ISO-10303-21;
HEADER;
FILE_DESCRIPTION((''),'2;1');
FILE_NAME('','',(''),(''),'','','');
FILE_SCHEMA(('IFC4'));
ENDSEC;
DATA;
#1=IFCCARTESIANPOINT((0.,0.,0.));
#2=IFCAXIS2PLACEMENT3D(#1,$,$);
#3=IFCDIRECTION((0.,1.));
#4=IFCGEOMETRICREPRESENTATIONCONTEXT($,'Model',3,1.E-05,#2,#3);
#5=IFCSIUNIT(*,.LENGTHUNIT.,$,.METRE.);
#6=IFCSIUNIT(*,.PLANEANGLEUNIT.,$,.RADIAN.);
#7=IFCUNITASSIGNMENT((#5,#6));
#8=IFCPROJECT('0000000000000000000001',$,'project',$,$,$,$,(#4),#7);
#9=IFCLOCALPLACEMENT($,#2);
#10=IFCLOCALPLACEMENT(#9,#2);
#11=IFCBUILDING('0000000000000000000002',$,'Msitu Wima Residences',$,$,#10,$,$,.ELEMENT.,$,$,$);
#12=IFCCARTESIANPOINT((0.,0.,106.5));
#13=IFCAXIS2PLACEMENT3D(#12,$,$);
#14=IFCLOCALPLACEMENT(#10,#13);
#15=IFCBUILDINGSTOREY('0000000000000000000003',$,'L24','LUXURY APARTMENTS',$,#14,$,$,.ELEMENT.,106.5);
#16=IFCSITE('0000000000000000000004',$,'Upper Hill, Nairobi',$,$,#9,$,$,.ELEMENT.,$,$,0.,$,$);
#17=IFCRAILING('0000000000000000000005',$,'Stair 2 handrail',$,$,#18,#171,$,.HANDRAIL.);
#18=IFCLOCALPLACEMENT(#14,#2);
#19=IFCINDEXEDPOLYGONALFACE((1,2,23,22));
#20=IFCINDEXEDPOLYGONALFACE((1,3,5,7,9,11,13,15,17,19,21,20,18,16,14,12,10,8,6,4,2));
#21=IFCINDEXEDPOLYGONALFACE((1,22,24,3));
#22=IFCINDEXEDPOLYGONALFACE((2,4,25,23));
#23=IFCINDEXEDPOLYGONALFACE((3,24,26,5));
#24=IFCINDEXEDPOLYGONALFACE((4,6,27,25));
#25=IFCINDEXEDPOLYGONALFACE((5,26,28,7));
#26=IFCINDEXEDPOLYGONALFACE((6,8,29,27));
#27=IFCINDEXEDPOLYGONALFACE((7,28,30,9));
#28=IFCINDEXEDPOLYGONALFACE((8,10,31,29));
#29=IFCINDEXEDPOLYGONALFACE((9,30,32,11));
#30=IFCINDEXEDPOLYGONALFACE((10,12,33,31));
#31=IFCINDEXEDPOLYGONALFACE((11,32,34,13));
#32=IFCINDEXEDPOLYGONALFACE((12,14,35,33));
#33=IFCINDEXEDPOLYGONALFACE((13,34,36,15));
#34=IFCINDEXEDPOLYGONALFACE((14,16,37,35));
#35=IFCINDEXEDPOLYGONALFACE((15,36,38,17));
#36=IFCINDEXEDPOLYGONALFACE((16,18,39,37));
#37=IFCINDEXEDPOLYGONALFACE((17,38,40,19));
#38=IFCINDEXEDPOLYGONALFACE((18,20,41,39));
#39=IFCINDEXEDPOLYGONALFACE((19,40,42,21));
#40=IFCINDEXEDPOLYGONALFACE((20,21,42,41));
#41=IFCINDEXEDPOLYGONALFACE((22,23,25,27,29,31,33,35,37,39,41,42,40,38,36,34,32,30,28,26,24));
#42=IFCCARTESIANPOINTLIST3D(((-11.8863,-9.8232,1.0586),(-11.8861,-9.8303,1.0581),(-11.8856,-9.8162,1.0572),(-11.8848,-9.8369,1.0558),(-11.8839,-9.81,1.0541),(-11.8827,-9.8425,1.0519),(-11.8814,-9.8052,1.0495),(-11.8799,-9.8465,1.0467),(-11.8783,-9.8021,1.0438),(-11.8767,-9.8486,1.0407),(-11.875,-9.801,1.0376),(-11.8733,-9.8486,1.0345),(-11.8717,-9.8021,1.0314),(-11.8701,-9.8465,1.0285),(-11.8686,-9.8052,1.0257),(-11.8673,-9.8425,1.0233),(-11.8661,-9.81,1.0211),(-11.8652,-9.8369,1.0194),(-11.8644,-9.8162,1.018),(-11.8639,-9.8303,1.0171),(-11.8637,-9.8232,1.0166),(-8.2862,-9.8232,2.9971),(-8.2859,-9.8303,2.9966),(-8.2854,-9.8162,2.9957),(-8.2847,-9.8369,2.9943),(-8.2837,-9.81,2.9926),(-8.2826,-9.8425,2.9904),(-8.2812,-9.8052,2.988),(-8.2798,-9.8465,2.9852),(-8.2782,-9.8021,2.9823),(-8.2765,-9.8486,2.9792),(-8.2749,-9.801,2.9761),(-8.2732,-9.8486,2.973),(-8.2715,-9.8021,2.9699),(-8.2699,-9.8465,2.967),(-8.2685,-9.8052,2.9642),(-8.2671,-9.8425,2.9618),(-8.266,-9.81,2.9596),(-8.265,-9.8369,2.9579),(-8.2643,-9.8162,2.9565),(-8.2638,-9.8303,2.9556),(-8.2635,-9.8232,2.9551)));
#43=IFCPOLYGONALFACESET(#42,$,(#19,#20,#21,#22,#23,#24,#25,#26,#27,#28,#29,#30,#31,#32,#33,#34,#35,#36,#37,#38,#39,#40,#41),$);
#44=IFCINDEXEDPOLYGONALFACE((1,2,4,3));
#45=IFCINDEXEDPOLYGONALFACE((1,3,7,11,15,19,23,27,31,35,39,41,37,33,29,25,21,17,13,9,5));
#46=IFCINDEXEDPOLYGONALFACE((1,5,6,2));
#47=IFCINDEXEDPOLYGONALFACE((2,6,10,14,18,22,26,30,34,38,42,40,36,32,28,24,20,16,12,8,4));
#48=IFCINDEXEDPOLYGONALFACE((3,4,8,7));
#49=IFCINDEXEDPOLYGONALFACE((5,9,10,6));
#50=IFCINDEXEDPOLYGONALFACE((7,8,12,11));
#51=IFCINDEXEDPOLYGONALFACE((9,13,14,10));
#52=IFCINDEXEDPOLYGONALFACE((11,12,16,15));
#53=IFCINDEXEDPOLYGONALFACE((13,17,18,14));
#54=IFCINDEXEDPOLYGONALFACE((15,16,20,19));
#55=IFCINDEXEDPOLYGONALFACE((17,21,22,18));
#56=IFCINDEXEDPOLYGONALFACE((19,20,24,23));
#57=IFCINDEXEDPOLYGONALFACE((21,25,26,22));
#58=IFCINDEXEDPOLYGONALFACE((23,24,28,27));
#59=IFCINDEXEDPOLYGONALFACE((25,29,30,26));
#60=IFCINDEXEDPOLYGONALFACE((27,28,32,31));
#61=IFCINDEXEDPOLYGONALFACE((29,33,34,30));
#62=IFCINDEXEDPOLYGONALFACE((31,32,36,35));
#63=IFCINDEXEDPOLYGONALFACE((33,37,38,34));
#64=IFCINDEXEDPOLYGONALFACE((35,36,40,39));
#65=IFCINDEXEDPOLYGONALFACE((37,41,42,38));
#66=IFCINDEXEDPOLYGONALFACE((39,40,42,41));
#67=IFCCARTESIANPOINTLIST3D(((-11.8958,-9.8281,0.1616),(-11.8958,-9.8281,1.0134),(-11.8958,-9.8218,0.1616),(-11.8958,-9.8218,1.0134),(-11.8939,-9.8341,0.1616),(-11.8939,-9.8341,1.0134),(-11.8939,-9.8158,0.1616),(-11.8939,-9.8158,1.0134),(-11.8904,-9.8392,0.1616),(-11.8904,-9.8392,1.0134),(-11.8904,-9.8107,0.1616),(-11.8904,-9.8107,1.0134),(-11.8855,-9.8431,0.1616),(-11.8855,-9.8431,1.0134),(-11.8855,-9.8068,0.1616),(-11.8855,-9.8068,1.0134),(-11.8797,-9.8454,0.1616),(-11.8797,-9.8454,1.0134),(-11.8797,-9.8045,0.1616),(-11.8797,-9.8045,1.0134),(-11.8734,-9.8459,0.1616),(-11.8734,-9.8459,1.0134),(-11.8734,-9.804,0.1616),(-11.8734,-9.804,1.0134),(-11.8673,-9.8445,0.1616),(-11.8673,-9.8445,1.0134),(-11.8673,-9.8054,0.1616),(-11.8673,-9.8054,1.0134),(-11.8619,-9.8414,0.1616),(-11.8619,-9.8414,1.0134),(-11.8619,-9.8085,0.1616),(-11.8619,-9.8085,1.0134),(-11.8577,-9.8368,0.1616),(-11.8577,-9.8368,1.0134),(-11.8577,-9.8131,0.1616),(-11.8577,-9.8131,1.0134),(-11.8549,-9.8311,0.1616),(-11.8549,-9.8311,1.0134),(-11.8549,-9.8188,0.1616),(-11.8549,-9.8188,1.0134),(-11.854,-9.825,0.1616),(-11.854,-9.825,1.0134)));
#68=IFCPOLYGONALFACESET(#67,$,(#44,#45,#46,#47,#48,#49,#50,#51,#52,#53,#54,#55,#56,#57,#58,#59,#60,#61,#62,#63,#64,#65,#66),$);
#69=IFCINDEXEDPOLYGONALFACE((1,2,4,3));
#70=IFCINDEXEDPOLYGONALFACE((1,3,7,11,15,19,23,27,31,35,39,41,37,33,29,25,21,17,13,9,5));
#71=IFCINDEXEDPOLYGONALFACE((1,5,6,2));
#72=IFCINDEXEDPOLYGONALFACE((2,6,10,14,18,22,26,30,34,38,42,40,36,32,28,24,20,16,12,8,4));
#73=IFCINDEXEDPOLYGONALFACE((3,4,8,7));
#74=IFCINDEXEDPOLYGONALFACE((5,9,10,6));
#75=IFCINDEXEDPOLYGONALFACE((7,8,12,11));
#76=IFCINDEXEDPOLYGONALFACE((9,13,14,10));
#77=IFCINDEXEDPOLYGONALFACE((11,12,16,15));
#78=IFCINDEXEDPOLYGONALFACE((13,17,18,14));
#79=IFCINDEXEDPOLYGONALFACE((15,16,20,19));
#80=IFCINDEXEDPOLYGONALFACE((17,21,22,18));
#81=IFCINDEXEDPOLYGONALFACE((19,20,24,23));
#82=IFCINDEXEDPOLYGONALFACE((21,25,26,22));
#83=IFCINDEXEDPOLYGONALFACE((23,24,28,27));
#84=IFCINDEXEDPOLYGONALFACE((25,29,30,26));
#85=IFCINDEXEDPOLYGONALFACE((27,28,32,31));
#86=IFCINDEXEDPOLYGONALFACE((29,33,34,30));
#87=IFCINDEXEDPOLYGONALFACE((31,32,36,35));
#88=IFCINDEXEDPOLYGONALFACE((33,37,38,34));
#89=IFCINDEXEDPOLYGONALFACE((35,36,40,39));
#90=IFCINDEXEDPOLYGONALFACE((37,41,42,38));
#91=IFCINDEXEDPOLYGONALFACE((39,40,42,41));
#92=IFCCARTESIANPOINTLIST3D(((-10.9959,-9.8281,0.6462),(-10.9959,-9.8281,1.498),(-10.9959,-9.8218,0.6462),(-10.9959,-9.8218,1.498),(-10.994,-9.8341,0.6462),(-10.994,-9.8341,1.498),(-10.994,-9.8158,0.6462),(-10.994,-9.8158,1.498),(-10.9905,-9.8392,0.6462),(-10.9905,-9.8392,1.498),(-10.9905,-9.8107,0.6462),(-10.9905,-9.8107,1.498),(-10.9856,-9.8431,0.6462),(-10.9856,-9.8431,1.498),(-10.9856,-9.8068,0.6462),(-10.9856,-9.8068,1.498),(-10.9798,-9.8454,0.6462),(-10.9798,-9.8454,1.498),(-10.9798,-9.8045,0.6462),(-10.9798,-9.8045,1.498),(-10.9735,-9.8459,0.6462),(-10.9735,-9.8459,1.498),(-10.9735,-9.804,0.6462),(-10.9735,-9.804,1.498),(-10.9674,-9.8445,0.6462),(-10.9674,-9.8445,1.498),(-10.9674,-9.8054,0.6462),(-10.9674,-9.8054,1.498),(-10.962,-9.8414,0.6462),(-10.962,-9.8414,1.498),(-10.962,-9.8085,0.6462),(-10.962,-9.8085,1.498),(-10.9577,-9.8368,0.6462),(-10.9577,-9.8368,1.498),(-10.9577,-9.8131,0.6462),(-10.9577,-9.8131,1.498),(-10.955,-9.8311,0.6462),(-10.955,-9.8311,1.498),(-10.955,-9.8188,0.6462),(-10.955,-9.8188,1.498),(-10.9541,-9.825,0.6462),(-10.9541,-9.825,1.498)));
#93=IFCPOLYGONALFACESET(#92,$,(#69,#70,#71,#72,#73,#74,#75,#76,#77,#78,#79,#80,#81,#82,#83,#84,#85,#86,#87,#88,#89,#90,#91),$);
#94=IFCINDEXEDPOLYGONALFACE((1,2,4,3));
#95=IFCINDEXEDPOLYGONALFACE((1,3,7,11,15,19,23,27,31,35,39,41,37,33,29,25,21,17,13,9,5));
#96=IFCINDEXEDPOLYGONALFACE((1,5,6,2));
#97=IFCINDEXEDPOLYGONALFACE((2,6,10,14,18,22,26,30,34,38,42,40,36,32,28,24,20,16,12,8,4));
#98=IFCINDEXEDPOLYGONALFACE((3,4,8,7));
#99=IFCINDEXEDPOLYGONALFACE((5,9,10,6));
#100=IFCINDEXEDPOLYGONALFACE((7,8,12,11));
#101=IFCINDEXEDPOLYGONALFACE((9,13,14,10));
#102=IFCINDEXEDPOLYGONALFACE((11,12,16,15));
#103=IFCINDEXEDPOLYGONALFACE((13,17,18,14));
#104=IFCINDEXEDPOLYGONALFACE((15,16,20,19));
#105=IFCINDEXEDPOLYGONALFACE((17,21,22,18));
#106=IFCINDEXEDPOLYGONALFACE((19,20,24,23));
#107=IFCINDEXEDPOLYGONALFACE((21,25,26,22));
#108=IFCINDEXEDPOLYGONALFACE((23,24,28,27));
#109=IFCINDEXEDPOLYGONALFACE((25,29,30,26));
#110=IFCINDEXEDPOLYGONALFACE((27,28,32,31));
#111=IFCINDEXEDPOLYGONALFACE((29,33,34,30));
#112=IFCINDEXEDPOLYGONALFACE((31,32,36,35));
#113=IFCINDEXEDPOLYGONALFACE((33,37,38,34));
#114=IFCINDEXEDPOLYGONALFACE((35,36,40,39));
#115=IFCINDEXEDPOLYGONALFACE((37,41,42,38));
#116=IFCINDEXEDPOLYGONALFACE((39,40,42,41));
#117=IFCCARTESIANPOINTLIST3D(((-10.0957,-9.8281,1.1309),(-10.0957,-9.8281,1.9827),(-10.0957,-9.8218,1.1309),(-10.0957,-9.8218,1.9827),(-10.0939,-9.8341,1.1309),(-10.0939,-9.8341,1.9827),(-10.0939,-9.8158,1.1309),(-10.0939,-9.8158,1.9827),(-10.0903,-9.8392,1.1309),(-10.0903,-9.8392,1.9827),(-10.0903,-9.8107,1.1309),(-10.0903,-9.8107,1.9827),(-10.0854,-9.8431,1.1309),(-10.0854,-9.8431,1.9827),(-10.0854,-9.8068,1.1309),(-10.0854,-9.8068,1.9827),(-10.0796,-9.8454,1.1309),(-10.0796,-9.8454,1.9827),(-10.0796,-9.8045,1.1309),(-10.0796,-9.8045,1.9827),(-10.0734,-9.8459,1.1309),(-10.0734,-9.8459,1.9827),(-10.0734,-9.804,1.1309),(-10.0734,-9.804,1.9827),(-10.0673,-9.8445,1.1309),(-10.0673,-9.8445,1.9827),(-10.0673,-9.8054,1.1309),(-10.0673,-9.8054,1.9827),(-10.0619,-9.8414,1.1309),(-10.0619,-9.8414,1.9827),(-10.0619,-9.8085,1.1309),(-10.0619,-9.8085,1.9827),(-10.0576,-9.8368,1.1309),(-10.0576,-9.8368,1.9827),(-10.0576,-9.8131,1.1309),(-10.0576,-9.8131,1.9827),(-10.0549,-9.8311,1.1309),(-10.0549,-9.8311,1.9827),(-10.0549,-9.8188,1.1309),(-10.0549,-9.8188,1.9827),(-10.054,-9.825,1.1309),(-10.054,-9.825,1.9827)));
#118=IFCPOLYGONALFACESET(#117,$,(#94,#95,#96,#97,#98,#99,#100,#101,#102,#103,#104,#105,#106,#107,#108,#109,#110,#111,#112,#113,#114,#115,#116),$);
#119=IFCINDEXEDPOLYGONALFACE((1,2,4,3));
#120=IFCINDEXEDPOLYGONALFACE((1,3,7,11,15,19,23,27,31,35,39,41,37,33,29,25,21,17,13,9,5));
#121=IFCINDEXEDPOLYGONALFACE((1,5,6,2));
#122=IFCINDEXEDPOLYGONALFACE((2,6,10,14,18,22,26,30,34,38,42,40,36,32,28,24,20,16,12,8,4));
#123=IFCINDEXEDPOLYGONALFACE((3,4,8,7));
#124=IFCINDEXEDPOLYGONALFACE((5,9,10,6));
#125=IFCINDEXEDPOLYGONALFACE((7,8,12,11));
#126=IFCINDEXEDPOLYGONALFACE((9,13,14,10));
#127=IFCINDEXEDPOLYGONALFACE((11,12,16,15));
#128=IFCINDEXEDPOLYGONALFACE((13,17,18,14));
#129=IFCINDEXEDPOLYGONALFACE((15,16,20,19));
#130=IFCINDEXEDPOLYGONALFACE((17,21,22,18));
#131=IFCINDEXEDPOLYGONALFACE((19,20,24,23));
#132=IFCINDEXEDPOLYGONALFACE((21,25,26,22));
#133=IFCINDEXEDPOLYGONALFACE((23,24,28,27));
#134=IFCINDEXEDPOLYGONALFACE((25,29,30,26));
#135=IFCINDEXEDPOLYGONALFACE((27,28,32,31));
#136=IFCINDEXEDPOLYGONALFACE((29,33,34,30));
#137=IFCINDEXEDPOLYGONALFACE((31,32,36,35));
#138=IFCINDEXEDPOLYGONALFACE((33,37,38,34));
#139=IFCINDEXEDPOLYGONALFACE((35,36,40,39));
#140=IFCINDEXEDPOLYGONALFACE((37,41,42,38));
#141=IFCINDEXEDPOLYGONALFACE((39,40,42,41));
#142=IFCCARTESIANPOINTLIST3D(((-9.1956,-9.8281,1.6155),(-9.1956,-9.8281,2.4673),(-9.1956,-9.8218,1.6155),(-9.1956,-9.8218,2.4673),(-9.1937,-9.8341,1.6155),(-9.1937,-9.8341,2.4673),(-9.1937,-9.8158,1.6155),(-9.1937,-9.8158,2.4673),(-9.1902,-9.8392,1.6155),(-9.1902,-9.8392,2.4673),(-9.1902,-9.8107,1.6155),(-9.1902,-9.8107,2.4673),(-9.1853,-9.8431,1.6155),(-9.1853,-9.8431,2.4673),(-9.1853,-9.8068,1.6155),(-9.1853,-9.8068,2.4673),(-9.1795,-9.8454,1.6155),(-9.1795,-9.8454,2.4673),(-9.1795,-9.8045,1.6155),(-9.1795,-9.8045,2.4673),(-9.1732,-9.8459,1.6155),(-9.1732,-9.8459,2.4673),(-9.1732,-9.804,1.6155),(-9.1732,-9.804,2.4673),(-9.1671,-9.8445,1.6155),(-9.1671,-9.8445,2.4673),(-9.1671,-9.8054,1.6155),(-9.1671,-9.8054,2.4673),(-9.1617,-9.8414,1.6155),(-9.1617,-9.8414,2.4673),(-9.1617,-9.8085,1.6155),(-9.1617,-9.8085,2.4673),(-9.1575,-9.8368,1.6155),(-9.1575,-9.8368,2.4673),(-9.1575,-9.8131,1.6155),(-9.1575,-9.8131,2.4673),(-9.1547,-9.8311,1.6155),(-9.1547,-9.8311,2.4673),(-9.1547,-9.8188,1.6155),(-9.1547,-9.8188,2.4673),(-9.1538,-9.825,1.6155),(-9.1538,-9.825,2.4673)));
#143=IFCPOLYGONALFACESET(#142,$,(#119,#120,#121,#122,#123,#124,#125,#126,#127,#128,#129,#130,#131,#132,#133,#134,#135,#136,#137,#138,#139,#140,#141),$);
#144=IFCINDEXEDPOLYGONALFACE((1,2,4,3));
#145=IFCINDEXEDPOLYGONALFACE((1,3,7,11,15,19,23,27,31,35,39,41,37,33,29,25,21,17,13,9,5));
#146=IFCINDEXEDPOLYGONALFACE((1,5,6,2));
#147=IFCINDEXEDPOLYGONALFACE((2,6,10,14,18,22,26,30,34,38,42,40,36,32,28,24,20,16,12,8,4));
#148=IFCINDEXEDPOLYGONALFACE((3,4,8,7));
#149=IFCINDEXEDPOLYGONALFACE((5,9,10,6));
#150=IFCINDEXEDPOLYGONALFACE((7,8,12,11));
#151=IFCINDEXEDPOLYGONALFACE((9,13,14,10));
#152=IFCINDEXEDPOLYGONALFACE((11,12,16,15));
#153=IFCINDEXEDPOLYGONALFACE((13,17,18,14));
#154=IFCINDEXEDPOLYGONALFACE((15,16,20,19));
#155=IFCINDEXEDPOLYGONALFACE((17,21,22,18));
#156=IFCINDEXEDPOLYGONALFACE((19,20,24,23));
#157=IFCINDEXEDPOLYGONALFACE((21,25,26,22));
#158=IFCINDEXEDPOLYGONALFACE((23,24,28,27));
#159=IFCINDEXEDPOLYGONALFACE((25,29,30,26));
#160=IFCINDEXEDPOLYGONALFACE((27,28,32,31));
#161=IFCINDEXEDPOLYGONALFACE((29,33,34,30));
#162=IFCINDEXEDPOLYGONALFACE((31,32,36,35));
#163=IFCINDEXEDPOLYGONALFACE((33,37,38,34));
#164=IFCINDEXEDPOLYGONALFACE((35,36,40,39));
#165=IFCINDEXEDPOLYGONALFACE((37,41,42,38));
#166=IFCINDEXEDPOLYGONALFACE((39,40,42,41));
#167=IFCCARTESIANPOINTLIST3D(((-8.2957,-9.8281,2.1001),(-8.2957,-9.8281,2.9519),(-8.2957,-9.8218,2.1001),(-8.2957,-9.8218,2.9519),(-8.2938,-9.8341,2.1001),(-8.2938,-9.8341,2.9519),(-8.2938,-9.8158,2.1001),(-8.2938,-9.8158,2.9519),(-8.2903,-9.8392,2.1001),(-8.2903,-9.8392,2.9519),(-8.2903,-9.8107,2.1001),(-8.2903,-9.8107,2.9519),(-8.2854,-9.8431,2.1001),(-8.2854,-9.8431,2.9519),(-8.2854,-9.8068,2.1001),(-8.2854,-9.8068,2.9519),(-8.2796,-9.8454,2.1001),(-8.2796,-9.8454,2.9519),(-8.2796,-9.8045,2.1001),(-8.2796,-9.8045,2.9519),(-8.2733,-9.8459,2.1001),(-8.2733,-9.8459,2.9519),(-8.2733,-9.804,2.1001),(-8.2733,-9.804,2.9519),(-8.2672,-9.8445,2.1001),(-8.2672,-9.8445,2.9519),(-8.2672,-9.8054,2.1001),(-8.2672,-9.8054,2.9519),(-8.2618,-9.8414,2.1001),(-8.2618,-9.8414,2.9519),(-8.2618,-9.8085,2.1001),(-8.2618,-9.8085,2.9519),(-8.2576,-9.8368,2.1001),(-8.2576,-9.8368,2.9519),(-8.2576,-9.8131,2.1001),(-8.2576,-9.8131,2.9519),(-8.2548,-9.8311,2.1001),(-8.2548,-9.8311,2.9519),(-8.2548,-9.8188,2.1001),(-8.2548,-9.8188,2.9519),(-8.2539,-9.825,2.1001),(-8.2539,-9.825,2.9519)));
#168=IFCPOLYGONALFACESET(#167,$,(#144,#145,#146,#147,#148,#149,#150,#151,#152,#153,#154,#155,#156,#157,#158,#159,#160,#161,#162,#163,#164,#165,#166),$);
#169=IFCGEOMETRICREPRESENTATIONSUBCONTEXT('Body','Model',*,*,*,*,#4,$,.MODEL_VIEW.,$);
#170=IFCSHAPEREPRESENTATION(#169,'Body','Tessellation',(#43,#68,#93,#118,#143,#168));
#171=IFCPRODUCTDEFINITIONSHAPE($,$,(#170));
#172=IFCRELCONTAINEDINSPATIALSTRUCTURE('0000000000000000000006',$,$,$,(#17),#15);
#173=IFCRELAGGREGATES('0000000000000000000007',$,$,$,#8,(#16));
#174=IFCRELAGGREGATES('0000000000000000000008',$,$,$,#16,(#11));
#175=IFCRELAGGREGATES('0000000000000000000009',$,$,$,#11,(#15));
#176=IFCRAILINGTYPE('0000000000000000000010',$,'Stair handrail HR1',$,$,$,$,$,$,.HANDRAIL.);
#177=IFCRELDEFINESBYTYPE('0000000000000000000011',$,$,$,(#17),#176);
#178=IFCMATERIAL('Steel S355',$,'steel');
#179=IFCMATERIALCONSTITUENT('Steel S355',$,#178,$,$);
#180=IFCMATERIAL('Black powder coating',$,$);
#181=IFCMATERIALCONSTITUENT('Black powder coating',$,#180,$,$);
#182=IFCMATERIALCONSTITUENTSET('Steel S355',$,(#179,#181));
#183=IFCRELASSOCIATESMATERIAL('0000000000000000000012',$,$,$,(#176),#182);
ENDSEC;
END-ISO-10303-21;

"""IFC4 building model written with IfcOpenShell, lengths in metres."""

from ifc_helpers import new_model, si_unit, direction, frame, origin, origin_2d, place, context, subcontext, project, spatial, circle, extrude, material, constituent, constituent_set, type_object, element, save


model = new_model("IFC4")

# Units and contexts
model_context = context("Model", 3, precision=1e-05, world=origin(), true_north=direction((0.0, 1.0)))
body_context = subcontext(model_context, "Body", "Model", "MODEL_VIEW")
ifc_project = project(units=[si_unit("LENGTHUNIT", "METRE"), si_unit("PLANEANGLEUNIT", "RADIAN")], contexts=[model_context])

# Site, building, storey
site_placement = place(None, origin())
site = spatial("IfcSite", under=ifc_project, at=site_placement, Name="Upper Hill, Nairobi", CompositionType="ELEMENT", RefElevation=0.0)
building_placement = place(site_placement, origin())
building = spatial("IfcBuilding", under=site, at=building_placement, Name="Msitu Wima Residences", CompositionType="ELEMENT")
storey_placement = place(building_placement, frame((0.0, 0.0, 106.5)))
storey = spatial("IfcBuildingStorey", under=building, at=storey_placement, Name="L24", Description="LUXURY APARTMENTS", CompositionType="ELEMENT", Elevation=106.5)

# Railing
ifc_material_1 = material(Name="Steel S355", Category="steel")
ifc_constituent_1 = constituent(ifc_material_1, Name="Steel S355")
ifc_material_2 = material(Name="Black powder coating")
ifc_constituent_2 = constituent(ifc_material_2, Name="Black powder coating")
ifc_constituent_set = constituent_set(constituents=[ifc_constituent_1, ifc_constituent_2], Name="Steel S355")
railing_type = type_object("IfcRailingType", Name="Stair handrail HR1", PredefinedType="HANDRAIL", material=ifc_constituent_set)
for number, where, name in (
    (1, (-11.875, -9.825, 0.1616), "Stair 2 handrail"),
):
    element("IfcRailing", number, at=place(storey_placement, frame(where)), inside=storey, type_object=railing_type, Name=name, PredefinedType="HANDRAIL", context=body_context, shape_type="SweptSolid", body=[
        extrude(circle(Radius=0.0239, at=origin_2d()), frame((0.0, 0.0, 0.876), z_axis=(0.880475, 0.0, 0.474093), x_axis=(0.0, 1.0, 0.0)), (0.0, 0.0, 1.0), 4.0889),
        extrude(circle(Radius=0.021, at=origin_2d()), origin(), (0.0, 0.0, 1.0), 0.8518),
        extrude(circle(Radius=0.021, at=origin_2d()), frame((0.8999, 0.0, 0.4846)), (0.0, 0.0, 1.0), 0.8518),
        extrude(circle(Radius=0.021, at=origin_2d()), frame((1.8, 0.0, 0.9692)), (0.0, 0.0, 1.0), 0.8518),
        extrude(circle(Radius=0.021, at=origin_2d()), frame((2.7002, 0.0, 1.4539)), (0.0, 0.0, 1.0), 0.8518),
        extrude(circle(Radius=0.021, at=origin_2d()), frame((3.6001, 0.0, 1.9385)), (0.0, 0.0, 1.0), 0.8518),
    ])

save(model, "model.ifc")
